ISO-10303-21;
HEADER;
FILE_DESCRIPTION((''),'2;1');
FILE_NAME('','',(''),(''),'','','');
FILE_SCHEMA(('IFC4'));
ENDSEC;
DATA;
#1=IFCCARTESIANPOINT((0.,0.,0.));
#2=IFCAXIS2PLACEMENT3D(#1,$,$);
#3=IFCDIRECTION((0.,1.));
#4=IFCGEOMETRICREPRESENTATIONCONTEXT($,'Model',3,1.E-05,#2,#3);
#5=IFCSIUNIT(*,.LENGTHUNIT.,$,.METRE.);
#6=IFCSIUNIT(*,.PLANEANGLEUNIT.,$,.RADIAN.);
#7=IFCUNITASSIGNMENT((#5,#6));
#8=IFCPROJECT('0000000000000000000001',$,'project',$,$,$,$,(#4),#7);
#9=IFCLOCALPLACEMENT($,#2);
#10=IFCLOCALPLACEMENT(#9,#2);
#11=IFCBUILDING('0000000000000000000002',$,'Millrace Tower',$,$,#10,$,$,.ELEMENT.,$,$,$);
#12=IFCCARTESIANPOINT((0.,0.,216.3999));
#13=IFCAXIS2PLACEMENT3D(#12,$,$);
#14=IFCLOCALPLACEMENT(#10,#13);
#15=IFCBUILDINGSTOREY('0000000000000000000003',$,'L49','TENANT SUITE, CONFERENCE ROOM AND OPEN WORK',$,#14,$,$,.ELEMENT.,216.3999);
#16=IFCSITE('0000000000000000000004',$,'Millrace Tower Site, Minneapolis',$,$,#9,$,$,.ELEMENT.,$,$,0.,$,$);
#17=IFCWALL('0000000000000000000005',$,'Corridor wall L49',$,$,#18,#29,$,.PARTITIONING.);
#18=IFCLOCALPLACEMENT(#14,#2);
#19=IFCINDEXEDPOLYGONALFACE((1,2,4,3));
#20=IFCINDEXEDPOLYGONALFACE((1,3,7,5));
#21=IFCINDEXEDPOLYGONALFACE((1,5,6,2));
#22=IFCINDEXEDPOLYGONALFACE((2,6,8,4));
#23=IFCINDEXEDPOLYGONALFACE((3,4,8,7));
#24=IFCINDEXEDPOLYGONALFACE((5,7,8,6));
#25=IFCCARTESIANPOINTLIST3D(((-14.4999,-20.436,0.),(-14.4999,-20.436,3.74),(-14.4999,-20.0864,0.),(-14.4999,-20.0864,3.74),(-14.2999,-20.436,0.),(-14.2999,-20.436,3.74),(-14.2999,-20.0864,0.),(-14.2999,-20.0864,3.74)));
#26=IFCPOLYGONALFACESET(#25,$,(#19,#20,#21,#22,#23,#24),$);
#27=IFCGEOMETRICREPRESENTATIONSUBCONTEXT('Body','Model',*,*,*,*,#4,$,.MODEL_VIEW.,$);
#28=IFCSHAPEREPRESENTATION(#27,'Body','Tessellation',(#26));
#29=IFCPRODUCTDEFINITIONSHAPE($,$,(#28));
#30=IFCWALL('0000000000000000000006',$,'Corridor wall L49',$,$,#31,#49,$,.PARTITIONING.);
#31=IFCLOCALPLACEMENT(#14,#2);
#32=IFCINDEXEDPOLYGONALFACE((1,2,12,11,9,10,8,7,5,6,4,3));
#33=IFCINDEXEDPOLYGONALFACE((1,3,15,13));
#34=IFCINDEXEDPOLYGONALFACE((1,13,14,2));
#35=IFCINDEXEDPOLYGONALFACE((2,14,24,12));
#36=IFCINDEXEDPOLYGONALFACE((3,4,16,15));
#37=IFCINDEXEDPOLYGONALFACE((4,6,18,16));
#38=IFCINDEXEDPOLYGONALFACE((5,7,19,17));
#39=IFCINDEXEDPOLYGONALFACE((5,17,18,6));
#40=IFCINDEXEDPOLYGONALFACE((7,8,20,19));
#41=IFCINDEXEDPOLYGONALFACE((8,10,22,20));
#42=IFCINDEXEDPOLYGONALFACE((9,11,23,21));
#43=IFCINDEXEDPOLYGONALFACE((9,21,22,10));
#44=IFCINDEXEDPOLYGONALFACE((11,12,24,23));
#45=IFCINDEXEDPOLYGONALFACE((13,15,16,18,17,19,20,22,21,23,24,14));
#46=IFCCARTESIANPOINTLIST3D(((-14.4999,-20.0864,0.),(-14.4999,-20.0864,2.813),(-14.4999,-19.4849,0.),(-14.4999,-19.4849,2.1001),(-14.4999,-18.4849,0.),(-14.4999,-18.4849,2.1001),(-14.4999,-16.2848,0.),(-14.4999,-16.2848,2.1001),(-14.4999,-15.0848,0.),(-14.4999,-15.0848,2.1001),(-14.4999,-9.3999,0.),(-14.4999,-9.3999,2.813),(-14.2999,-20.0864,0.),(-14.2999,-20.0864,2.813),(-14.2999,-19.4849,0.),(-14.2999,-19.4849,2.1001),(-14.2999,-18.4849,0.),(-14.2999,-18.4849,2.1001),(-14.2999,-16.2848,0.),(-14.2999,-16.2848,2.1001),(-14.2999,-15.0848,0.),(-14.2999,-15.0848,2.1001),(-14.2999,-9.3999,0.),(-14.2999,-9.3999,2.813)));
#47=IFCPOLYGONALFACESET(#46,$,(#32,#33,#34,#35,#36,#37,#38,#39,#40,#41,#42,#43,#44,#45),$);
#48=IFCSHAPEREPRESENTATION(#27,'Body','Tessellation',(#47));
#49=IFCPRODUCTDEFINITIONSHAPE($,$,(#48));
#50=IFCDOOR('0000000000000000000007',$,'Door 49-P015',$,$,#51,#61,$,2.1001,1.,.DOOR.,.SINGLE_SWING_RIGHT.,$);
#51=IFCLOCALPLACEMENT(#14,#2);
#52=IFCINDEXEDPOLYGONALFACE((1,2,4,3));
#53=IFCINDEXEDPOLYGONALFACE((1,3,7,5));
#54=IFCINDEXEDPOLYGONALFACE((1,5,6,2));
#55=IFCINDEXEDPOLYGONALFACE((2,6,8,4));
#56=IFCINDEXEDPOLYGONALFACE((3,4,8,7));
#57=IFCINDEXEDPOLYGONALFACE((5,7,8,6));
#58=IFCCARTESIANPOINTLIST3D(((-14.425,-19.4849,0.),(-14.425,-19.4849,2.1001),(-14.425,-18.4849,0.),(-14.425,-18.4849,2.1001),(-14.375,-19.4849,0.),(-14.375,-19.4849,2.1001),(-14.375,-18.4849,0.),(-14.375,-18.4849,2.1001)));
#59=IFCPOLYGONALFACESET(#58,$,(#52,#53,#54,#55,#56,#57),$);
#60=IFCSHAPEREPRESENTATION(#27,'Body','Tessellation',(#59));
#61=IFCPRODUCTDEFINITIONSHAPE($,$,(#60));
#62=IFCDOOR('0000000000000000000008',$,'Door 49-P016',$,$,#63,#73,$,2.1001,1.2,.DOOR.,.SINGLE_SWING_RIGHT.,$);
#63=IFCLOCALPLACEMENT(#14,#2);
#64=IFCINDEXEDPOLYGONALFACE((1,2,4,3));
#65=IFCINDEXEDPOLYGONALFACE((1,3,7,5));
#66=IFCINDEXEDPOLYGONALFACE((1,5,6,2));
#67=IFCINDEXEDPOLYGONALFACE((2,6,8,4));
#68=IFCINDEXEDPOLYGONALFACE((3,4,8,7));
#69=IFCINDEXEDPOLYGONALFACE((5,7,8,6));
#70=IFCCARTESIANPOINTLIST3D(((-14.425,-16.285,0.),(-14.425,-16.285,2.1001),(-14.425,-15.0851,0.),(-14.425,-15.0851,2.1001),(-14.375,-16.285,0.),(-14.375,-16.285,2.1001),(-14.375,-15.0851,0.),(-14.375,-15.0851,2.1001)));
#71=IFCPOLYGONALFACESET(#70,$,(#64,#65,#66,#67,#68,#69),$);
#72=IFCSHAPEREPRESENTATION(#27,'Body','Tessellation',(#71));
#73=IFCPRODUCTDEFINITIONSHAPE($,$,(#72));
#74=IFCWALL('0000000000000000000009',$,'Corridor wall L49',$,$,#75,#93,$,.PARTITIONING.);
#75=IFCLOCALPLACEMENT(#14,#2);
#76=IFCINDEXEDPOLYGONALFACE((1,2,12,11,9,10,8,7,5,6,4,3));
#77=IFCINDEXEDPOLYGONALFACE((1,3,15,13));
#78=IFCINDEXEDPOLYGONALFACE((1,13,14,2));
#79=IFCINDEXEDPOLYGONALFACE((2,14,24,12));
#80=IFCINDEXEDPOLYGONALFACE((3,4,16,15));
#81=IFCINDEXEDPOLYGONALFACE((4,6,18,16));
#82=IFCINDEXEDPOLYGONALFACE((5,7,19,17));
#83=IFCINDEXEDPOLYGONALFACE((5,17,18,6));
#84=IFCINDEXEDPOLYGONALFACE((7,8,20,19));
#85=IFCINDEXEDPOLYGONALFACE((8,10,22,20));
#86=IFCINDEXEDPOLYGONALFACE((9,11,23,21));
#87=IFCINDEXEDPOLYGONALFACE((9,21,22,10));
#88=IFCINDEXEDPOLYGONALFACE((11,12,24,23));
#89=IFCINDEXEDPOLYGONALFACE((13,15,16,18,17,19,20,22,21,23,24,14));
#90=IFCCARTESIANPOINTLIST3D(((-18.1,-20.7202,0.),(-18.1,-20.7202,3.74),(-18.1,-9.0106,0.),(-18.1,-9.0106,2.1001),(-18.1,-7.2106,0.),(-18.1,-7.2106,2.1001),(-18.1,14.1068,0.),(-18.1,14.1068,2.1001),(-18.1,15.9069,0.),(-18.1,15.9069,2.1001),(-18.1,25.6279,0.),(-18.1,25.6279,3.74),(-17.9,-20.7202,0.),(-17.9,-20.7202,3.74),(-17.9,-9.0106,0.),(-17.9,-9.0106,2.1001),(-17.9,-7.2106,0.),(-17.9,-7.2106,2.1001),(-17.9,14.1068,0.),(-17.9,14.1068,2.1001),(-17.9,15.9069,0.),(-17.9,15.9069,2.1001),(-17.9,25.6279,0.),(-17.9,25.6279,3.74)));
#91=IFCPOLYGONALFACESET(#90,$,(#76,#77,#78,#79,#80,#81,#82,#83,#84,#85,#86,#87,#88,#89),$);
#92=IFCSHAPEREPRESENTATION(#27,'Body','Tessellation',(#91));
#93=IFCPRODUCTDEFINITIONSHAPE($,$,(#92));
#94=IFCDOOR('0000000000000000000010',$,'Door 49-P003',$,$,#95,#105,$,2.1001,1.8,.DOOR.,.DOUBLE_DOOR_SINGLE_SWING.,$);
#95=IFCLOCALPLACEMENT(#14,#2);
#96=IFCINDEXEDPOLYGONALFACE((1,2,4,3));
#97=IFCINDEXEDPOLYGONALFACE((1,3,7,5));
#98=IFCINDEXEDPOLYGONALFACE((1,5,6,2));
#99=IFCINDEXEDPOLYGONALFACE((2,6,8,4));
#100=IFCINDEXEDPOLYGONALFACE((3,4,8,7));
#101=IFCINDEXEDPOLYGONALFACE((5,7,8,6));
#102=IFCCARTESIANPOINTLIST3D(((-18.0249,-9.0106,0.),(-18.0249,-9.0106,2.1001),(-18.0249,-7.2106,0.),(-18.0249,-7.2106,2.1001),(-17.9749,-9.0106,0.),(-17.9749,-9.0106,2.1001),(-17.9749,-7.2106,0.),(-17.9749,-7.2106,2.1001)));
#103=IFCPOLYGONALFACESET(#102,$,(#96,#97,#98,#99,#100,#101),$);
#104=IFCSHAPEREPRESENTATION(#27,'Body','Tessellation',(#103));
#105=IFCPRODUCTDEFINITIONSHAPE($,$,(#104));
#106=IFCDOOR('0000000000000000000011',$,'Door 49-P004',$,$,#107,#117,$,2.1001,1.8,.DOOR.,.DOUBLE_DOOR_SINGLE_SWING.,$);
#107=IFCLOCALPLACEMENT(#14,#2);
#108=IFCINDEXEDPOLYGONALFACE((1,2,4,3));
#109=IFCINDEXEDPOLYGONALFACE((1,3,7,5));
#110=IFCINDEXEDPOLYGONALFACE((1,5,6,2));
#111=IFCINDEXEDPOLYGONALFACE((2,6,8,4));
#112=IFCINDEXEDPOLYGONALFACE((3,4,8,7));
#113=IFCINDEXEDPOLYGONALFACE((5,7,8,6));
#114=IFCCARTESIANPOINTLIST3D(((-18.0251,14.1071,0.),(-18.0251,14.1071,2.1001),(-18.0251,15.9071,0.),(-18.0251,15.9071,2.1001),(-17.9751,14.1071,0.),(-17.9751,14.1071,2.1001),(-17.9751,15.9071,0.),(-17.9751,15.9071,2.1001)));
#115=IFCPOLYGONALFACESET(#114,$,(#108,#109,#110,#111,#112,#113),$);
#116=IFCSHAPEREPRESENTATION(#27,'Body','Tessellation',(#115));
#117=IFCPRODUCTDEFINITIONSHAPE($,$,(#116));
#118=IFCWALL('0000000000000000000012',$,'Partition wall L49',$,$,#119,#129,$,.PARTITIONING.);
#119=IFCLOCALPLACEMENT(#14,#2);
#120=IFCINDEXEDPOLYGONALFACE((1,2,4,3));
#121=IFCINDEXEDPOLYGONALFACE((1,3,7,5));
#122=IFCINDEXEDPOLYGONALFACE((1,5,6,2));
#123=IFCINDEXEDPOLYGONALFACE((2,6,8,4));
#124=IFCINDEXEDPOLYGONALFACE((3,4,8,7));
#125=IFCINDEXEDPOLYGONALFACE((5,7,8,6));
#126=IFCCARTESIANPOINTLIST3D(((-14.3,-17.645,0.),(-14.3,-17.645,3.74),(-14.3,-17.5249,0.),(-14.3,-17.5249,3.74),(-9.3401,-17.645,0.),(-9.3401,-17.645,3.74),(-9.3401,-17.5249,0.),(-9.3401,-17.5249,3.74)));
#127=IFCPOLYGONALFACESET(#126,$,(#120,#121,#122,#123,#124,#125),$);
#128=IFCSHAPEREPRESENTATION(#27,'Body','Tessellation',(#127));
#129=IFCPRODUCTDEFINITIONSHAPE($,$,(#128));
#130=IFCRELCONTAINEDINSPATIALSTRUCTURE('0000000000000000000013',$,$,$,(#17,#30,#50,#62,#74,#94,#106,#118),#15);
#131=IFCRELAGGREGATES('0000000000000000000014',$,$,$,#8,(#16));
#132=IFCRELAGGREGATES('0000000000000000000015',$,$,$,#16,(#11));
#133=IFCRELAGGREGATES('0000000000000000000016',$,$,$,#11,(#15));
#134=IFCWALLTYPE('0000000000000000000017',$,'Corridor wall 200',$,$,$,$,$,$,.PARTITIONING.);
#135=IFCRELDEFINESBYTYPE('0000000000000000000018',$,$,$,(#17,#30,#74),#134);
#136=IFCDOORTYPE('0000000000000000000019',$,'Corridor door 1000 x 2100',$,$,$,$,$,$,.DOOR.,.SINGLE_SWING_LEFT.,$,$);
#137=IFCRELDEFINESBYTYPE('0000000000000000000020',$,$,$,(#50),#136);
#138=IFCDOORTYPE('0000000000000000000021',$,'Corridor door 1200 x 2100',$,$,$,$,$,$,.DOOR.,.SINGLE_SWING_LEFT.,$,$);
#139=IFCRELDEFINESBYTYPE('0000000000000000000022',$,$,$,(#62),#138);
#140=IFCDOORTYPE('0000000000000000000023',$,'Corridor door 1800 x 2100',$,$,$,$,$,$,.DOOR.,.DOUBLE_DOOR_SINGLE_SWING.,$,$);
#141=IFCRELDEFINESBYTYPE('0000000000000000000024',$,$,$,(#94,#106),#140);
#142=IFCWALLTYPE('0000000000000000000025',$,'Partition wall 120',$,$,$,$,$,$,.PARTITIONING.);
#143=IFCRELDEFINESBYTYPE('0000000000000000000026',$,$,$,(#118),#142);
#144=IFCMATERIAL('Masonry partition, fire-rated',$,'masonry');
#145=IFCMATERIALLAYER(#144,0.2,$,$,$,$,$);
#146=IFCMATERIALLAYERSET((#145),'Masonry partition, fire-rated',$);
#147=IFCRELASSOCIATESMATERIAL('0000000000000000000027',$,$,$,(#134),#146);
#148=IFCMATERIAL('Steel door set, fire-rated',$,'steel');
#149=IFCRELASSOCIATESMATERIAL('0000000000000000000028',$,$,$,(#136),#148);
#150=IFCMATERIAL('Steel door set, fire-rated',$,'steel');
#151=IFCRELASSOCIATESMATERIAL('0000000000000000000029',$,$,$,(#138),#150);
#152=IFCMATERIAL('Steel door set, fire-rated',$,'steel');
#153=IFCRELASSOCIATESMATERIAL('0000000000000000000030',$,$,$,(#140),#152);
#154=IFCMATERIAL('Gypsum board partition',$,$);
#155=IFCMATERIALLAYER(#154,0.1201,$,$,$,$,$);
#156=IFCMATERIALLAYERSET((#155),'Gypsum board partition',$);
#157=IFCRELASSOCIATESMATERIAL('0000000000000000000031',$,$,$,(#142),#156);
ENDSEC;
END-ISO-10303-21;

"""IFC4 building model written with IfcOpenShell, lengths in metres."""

from ifc_helpers import new_model, si_unit, direction, frame, frame_2d, origin, place, context, subcontext, project, spatial, rectangle, extrude, material, layer, layer_set, type_object, element, fill, save


model = new_model("IFC4")

# Units and contexts
model_context = context("Model", 3, precision=1e-05, world=origin(), true_north=direction((0.0, 1.0)))
body_context = subcontext(model_context, "Body", "Model", "MODEL_VIEW")
ifc_project = project(units=[si_unit("LENGTHUNIT", "METRE"), si_unit("PLANEANGLEUNIT", "RADIAN")], contexts=[model_context])

# Site, building, storey
site_placement = place(None, origin())
site = spatial("IfcSite", under=ifc_project, at=site_placement, Name="Millrace Tower Site, Minneapolis", CompositionType="ELEMENT", RefElevation=0.0)
building_placement = place(site_placement, origin())
building = spatial("IfcBuilding", under=site, at=building_placement, Name="Millrace Tower", CompositionType="ELEMENT")
storey_placement = place(building_placement, frame((0.0, 0.0, 216.3999)))
storey = spatial("IfcBuildingStorey", under=building, at=storey_placement, Name="L49", Description="TENANT SUITE, CONFERENCE ROOM AND OPEN WORK", CompositionType="ELEMENT", Elevation=216.3999)

# Wall
ifc_material_1 = material(Name="Masonry partition, fire-rated", Category="masonry")
ifc_layer_1 = layer(ifc_material_1, 0.2)
ifc_layer_set_1 = layer_set([ifc_layer_1], Name="Masonry partition, fire-rated")
wall_type_1 = type_object("IfcWallType", Name="Corridor wall 200", PredefinedType="PARTITIONING", material=ifc_layer_set_1)
wall_1_placement = place(storey_placement, frame((-14.3999, -20.436, 0.0), z_axis=(0.0, 0.0, 1.0), x_axis=(0.0, 1.0, 0.0)))
element("IfcWall", 1, at=wall_1_placement, inside=storey, type_object=wall_type_1, Name="Corridor wall L49", PredefinedType="PARTITIONING", context=body_context, shape_type="SweptSolid", body=[
    extrude(rectangle(XDim=0.3496, YDim=0.2, at=frame_2d((0.1748, 0.0))), origin(), (0.0, 0.0, 1.0), 3.74),
])

# Walls, openings, doors
wall_2_placement = place(storey_placement, frame((-14.3999, -20.0864, 0.0), z_axis=(0.0, 0.0, 1.0), x_axis=(0.0, 1.0, 0.0)))
wall_2 = element("IfcWall", 2, at=wall_2_placement, inside=storey, type_object=wall_type_1, Name="Corridor wall L49", PredefinedType="PARTITIONING", context=body_context, shape_type="SweptSolid", body=[
    extrude(rectangle(XDim=10.6865, YDim=0.2, at=frame_2d((5.3433, 0.0))), origin(), (0.0, 0.0, 1.0), 2.813),
])
opening_1_placement = place(wall_2_placement, frame((0.6016, 0.0, 0.0)))
opening_1 = element("IfcOpeningElement", 3, at=opening_1_placement, cuts=wall_2, PredefinedType="OPENING", context=body_context, shape_type="SweptSolid", body=[
    extrude(rectangle(XDim=1.0, YDim=2.1001, at=frame_2d((0.5, 1.05))), frame((0.0, 0.1099, 0.0), z_axis=(0.0, -1.0, 0.0), x_axis=(1.0, 0.0, 0.0)), (0.0, 0.0, 1.0), 0.22),
])
opening_2_placement = place(wall_2_placement, frame((3.8015, 0.0, 0.0)))
opening_2 = element("IfcOpeningElement", 4, at=opening_2_placement, cuts=wall_2, PredefinedType="OPENING", context=body_context, shape_type="SweptSolid", body=[
    extrude(rectangle(XDim=1.2, YDim=2.1001, at=frame_2d((0.6001, 1.05))), frame((0.0, 0.1099, 0.0), z_axis=(0.0, -1.0, 0.0), x_axis=(1.0, 0.0, 0.0)), (0.0, 0.0, 1.0), 0.22),
])
ifc_material_2 = material(Name="Steel door set, fire-rated", Category="steel")
door_type_1 = type_object("IfcDoorType", Name="Corridor door 1000 x 2100", OperationType="SINGLE_SWING_LEFT", PredefinedType="DOOR", material=ifc_material_2)
door_1_placement = place(opening_1_placement, frame((1.0, 0.0, 0.0), z_axis=(0.0, 0.0, 1.0), x_axis=(-1.0, 0.0, 0.0)))
door_1 = element("IfcDoor", 5, at=door_1_placement, inside=storey, type_object=door_type_1, Name="Door 49-P015", OperationType="SINGLE_SWING_RIGHT", OverallHeight=2.1001, OverallWidth=1.0, PredefinedType="DOOR", context=body_context, shape_type="SweptSolid", body=[
    extrude(rectangle(XDim=1.0, YDim=2.1001, at=frame_2d((0.5, 1.05))), frame((0.0, 0.0249, 0.0), z_axis=(0.0, -1.0, 0.0), x_axis=(1.0, 0.0, 0.0)), (0.0, 0.0, 1.0), 0.05),
])
fill(opening_1, door_1)
ifc_material_3 = material(Name="Steel door set, fire-rated", Category="steel")
door_type_2 = type_object("IfcDoorType", Name="Corridor door 1200 x 2100", OperationType="SINGLE_SWING_LEFT", PredefinedType="DOOR", material=ifc_material_3)
door_2_placement = place(opening_2_placement, frame((1.2, 0.0, 0.0), z_axis=(0.0, 0.0, 1.0), x_axis=(-1.0, 0.0, 0.0)))
door_2 = element("IfcDoor", 6, at=door_2_placement, inside=storey, type_object=door_type_2, Name="Door 49-P016", OperationType="SINGLE_SWING_RIGHT", OverallHeight=2.1001, OverallWidth=1.2, PredefinedType="DOOR", context=body_context, shape_type="SweptSolid", body=[
    extrude(rectangle(XDim=1.2, YDim=2.1001, at=frame_2d((0.6001, 1.05))), frame((0.0, 0.0249, 0.0), z_axis=(0.0, -1.0, 0.0), x_axis=(1.0, 0.0, 0.0)), (0.0, 0.0, 1.0), 0.05),
])
fill(opening_2, door_2)
wall_3_placement = place(storey_placement, frame((-18.0, -20.7202, 0.0), z_axis=(0.0, 0.0, 1.0), x_axis=(0.0, 1.0, 0.0)))
wall_3 = element("IfcWall", 7, at=wall_3_placement, inside=storey, type_object=wall_type_1, Name="Corridor wall L49", PredefinedType="PARTITIONING", context=body_context, shape_type="SweptSolid", body=[
    extrude(rectangle(XDim=46.3481, YDim=0.2, at=frame_2d((23.1741, 0.0))), origin(), (0.0, 0.0, 1.0), 3.74),
])
opening_3_placement = place(wall_3_placement, frame((11.7097, 0.0, 0.0)))
opening_3 = element("IfcOpeningElement", 8, at=opening_3_placement, cuts=wall_3, PredefinedType="OPENING", context=body_context, shape_type="SweptSolid", body=[
    extrude(rectangle(XDim=1.8, YDim=2.1001, at=frame_2d((0.8999, 1.05))), frame((0.0, 0.1099, 0.0), z_axis=(0.0, -1.0, 0.0), x_axis=(1.0, 0.0, 0.0)), (0.0, 0.0, 1.0), 0.22),
])
opening_4_placement = place(wall_3_placement, frame((34.8271, 0.0, 0.0)))
opening_4 = element("IfcOpeningElement", 9, at=opening_4_placement, cuts=wall_3, PredefinedType="OPENING", context=body_context, shape_type="SweptSolid", body=[
    extrude(rectangle(XDim=1.8, YDim=2.1001, at=frame_2d((0.8999, 1.05))), frame((0.0, 0.1099, 0.0), z_axis=(0.0, -1.0, 0.0), x_axis=(1.0, 0.0, 0.0)), (0.0, 0.0, 1.0), 0.22),
])
ifc_material_4 = material(Name="Steel door set, fire-rated", Category="steel")
door_type_3 = type_object("IfcDoorType", Name="Corridor door 1800 x 2100", OperationType="DOUBLE_DOOR_SINGLE_SWING", PredefinedType="DOOR", material=ifc_material_4)
door_3_placement = place(opening_3_placement, origin())
door_3 = element("IfcDoor", 10, at=door_3_placement, inside=storey, type_object=door_type_3, Name="Door 49-P003", OperationType="DOUBLE_DOOR_SINGLE_SWING", OverallHeight=2.1001, OverallWidth=1.8, PredefinedType="DOOR", context=body_context, shape_type="SweptSolid", body=[
    extrude(rectangle(XDim=1.8, YDim=2.1001, at=frame_2d((0.8999, 1.05))), frame((0.0, 0.0249, 0.0), z_axis=(0.0, -1.0, 0.0), x_axis=(1.0, 0.0, 0.0)), (0.0, 0.0, 1.0), 0.05),
])
fill(opening_3, door_3)
door_4_placement = place(opening_4_placement, frame((1.8, 0.0, 0.0), z_axis=(0.0, 0.0, 1.0), x_axis=(-1.0, 0.0, 0.0)))
door_4 = element("IfcDoor", 11, at=door_4_placement, inside=storey, type_object=door_type_3, Name="Door 49-P004", OperationType="DOUBLE_DOOR_SINGLE_SWING", OverallHeight=2.1001, OverallWidth=1.8, PredefinedType="DOOR", context=body_context, shape_type="SweptSolid", body=[
    extrude(rectangle(XDim=1.8, YDim=2.1001, at=frame_2d((0.8999, 1.05))), frame((0.0, 0.0249, 0.0), z_axis=(0.0, -1.0, 0.0), x_axis=(1.0, 0.0, 0.0)), (0.0, 0.0, 1.0), 0.05),
])
fill(opening_4, door_4)

# Wall
ifc_material_5 = material(Name="Gypsum board partition")
ifc_layer_2 = layer(ifc_material_5, 0.1201)
ifc_layer_set_2 = layer_set([ifc_layer_2], Name="Gypsum board partition")
wall_type_2 = type_object("IfcWallType", Name="Partition wall 120", PredefinedType="PARTITIONING", material=ifc_layer_set_2)
wall_4_placement = place(storey_placement, frame((-14.3, -17.585, 0.0), z_axis=(0.0, 0.0, 1.0), x_axis=(1.0, 0.0, 0.0)))
element("IfcWall", 12, at=wall_4_placement, inside=storey, type_object=wall_type_2, Name="Partition wall L49", PredefinedType="PARTITIONING", context=body_context, shape_type="SweptSolid", body=[
    extrude(rectangle(XDim=4.96, YDim=0.1201, at=frame_2d((2.48, 0.0))), origin(), (0.0, 0.0, 1.0), 3.74),
])

save(model, "model.ifc")
